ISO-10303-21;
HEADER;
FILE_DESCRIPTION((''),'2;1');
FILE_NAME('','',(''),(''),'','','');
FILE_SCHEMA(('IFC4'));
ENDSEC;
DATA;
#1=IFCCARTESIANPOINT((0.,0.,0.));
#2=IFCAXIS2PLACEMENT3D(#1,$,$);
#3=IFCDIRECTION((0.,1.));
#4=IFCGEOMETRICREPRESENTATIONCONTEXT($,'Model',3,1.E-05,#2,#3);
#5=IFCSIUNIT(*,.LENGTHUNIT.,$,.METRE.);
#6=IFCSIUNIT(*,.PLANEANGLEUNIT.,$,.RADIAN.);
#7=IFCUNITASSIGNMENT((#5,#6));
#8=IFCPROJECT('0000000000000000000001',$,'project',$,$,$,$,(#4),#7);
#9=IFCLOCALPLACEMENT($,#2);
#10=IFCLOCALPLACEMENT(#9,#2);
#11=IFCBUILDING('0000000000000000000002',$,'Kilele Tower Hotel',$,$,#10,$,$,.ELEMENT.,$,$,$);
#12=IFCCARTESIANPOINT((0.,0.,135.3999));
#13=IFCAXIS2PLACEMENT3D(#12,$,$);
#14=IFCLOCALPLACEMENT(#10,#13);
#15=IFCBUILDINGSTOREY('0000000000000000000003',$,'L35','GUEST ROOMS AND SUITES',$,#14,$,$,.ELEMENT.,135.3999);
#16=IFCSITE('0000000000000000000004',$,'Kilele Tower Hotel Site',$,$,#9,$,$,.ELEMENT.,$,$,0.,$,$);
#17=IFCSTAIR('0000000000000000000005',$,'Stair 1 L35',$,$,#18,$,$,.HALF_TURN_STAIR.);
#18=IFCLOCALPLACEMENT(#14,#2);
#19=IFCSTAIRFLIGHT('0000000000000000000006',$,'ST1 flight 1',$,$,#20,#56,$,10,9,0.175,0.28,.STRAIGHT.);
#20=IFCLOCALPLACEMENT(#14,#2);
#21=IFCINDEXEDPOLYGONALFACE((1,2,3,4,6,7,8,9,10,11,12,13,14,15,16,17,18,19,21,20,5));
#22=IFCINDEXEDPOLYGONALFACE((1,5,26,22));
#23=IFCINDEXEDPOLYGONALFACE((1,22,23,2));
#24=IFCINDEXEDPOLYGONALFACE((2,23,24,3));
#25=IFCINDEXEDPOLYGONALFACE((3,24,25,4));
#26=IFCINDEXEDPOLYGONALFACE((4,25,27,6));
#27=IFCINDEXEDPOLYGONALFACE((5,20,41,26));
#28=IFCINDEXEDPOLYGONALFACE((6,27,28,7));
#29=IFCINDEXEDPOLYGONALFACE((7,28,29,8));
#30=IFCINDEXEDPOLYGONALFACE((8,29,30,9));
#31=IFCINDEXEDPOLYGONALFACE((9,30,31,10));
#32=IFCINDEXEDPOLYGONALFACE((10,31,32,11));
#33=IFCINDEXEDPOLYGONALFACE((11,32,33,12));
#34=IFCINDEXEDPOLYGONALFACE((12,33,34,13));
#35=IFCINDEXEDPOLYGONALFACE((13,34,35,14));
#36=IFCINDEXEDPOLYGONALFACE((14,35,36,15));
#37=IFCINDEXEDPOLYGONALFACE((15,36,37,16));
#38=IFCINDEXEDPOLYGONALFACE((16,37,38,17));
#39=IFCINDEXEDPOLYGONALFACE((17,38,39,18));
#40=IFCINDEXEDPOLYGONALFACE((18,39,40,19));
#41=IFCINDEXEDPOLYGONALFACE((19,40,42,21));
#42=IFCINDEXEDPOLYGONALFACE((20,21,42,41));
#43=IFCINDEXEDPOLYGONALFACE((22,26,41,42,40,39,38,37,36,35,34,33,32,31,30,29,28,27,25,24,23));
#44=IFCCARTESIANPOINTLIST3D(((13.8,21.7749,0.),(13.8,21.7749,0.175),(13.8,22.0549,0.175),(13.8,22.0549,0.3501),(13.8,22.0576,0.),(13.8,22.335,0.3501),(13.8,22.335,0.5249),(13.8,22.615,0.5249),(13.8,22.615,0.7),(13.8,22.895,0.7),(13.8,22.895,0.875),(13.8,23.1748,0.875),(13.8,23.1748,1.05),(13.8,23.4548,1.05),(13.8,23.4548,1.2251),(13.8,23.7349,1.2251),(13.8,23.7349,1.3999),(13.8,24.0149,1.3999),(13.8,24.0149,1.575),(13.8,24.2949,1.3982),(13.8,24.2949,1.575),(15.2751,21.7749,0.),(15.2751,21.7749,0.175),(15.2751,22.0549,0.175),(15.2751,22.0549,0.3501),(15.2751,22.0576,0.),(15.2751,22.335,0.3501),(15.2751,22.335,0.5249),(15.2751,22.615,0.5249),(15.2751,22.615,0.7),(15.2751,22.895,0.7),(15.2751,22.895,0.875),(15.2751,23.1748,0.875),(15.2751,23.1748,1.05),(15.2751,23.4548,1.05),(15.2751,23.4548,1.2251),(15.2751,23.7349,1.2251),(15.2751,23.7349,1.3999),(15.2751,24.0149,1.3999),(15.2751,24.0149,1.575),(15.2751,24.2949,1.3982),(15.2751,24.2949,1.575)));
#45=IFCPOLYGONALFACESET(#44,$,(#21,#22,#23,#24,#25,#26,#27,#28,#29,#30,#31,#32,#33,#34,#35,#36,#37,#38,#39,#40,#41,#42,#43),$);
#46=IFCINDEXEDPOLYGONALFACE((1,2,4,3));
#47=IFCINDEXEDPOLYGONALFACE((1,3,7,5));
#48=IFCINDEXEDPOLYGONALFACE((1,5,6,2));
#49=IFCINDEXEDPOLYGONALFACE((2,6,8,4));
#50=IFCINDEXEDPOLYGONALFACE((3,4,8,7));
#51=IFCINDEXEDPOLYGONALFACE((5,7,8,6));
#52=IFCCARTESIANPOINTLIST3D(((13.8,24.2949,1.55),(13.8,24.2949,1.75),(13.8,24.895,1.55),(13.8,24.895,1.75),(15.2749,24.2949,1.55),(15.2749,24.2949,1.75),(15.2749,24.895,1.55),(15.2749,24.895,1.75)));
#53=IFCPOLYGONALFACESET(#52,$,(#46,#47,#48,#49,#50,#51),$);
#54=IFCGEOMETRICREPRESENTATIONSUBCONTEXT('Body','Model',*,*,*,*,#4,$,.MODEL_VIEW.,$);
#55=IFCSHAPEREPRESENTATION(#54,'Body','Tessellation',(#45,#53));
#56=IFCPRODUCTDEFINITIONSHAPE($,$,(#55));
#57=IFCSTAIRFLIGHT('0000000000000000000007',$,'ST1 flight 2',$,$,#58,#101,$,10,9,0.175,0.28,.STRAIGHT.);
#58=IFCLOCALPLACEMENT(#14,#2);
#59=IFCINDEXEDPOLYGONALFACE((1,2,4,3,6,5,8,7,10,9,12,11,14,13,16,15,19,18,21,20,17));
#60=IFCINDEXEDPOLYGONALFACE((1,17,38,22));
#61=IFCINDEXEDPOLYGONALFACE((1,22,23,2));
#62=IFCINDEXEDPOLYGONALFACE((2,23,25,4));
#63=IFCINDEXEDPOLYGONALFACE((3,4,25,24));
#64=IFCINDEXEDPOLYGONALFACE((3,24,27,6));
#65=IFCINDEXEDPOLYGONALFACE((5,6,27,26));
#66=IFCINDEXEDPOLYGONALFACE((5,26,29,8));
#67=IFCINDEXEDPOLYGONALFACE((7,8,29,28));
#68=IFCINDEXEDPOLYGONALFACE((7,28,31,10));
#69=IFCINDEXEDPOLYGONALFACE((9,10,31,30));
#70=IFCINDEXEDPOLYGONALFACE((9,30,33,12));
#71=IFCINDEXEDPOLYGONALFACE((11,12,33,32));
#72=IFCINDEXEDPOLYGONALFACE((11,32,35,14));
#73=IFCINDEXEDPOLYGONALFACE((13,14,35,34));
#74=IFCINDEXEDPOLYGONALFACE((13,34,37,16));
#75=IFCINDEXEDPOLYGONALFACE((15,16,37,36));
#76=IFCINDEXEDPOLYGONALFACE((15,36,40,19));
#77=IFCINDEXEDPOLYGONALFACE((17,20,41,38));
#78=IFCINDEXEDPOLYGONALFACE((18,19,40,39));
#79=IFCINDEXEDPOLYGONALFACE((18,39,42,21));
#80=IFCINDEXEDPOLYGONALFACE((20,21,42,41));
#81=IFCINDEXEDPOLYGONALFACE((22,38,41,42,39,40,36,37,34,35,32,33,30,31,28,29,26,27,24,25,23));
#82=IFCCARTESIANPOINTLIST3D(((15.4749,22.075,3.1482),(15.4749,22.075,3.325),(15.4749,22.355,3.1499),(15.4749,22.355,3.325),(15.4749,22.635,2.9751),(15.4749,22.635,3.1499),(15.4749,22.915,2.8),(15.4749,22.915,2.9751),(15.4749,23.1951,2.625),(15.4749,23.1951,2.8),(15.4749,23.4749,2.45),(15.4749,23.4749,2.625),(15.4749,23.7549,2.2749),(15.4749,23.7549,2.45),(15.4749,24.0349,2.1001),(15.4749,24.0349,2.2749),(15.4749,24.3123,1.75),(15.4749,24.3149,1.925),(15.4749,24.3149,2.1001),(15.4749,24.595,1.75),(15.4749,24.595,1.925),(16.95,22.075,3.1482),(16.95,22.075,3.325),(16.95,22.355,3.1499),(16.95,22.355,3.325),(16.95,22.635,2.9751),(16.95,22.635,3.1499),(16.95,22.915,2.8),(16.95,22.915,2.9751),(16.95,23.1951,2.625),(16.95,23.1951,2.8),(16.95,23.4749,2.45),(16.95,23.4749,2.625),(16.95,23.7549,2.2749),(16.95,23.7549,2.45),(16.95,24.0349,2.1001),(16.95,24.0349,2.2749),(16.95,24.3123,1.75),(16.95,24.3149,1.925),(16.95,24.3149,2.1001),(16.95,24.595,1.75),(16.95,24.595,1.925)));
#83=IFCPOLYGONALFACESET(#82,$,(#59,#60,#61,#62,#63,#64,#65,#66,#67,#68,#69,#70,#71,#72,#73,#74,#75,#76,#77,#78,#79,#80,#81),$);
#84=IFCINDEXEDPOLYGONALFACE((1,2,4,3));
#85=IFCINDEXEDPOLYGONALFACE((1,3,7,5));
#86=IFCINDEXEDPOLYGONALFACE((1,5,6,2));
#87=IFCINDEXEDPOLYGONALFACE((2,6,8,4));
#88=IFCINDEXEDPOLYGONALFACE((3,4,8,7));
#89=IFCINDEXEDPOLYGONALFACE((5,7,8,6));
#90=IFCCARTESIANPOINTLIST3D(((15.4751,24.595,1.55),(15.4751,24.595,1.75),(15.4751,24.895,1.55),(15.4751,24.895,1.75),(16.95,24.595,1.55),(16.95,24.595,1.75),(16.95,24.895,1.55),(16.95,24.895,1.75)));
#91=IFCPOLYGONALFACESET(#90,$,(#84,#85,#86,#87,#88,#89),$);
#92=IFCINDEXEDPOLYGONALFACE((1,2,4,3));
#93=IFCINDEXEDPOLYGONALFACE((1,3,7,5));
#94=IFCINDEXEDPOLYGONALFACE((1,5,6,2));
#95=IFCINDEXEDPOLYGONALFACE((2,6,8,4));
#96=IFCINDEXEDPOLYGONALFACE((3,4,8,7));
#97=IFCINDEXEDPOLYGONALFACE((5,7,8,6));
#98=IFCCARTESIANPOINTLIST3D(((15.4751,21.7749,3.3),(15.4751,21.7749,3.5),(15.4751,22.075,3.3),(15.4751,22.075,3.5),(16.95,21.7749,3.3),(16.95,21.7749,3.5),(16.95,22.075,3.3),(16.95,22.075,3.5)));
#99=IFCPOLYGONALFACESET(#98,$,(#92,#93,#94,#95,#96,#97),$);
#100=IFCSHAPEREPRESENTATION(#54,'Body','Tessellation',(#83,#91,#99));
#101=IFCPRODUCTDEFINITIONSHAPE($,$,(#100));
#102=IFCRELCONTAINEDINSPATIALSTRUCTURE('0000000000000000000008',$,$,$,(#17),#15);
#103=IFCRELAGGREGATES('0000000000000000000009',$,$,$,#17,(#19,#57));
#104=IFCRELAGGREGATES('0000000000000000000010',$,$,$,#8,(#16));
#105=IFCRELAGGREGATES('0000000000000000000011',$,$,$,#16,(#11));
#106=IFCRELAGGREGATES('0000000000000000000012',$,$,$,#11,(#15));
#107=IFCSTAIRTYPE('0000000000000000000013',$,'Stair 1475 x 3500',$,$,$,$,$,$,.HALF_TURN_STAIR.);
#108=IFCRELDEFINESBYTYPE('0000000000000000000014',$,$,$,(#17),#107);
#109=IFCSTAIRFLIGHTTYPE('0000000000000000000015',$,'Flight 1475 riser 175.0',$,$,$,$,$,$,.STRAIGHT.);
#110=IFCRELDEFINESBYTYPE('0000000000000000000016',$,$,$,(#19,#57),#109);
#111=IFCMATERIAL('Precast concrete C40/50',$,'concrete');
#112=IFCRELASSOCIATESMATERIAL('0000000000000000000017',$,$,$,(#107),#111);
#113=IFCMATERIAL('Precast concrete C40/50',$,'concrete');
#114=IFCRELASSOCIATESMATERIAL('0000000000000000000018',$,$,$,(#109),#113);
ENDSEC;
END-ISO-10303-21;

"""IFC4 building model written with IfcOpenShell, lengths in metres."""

from ifc_helpers import new_model, si_unit, direction, frame, origin, place, context, subcontext, project, spatial, polyline, outline, extrude, material, type_object, element, aggregate, save


model = new_model("IFC4")

# Units and contexts
model_context = context("Model", 3, precision=1e-05, world=origin(), true_north=direction((0.0, 1.0)))
body_context = subcontext(model_context, "Body", "Model", "MODEL_VIEW")
ifc_project = project(units=[si_unit("LENGTHUNIT", "METRE"), si_unit("PLANEANGLEUNIT", "RADIAN")], contexts=[model_context])

# Site, building, storey
site_placement = place(None, origin())
site = spatial("IfcSite", under=ifc_project, at=site_placement, Name="Kilele Tower Hotel Site", CompositionType="ELEMENT", RefElevation=0.0)
building_placement = place(site_placement, origin())
building = spatial("IfcBuilding", under=site, at=building_placement, Name="Kilele Tower Hotel", CompositionType="ELEMENT")
storey_placement = place(building_placement, frame((0.0, 0.0, 135.3999)))
storey = spatial("IfcBuildingStorey", under=building, at=storey_placement, Name="L35", Description="GUEST ROOMS AND SUITES", CompositionType="ELEMENT", Elevation=135.3999)

# Stair, stair flights
ifc_material_1 = material(Name="Precast concrete C40/50", Category="concrete")
stair_type = type_object("IfcStairType", Name="Stair 1475 x 3500", PredefinedType="HALF_TURN_STAIR", material=ifc_material_1)
stair_placement = place(storey_placement, origin())
stair = element("IfcStair", 1, at=stair_placement, inside=storey, type_object=stair_type, Name="Stair 1 L35", PredefinedType="HALF_TURN_STAIR")
ifc_material_2 = material(Name="Precast concrete C40/50", Category="concrete")
stair_flight_type = type_object("IfcStairFlightType", Name="Flight 1475 riser 175.0", PredefinedType="STRAIGHT", material=ifc_material_2)
stair_flight_1_placement = place(storey_placement, frame((14.5376, 21.7749, 0.0), z_axis=(0.0, 0.0, 1.0), x_axis=(0.0, 1.0, 0.0)))
stair_flight_1 = element("IfcStairFlight", 2, at=stair_flight_1_placement, type_object=stair_flight_type, Name="ST1 flight 1", NumberOfRisers=10, NumberOfTreads=9, PredefinedType="STRAIGHT", RiserHeight=0.175, TreadLength=0.28, context=body_context, shape_type="SweptSolid", body=[
    extrude(outline(polyline([(0.0, 0.0), (0.0, 0.175), (0.28, 0.175), (0.28, 0.3501), (0.5601, 0.3501), (0.5601, 0.5249), (0.8401, 0.5249), (0.8401, 0.7), (1.1201, 0.7), (1.1201, 0.875), (1.3999, 0.875), (1.3999, 1.05), (1.6799, 1.05), (1.6799, 1.2251), (1.96, 1.2251), (1.96, 1.3999), (2.24, 1.3999), (2.24, 1.575), (2.52, 1.575), (2.52, 1.75), (2.52, 1.3982), (0.2827, 0.0), (0.0, 0.0)])), frame((0.0, 0.7375, 0.0), z_axis=(0.0, -1.0, 0.0), x_axis=(1.0, 0.0, 0.0)), (0.0, 0.0, 1.0), 1.4751),
    extrude(outline(polyline([(2.52, 0.7375), (2.52, -0.7373), (3.1201, -0.7373), (3.1201, 0.7375), (2.52, 0.7375)])), frame((0.0, 0.0, 1.55)), (0.0, 0.0, 1.0), 0.2),
])
stair_flight_2_placement = place(storey_placement, frame((16.2124, 24.595, 1.75), z_axis=(0.0, 0.0, 1.0), x_axis=(0.0, -1.0, 0.0)))
stair_flight_2 = element("IfcStairFlight", 3, at=stair_flight_2_placement, type_object=stair_flight_type, Name="ST1 flight 2", NumberOfRisers=10, NumberOfTreads=9, PredefinedType="STRAIGHT", RiserHeight=0.175, TreadLength=0.28, context=body_context, shape_type="SweptSolid", body=[
    extrude(outline(polyline([(0.0, 0.0), (0.0, 0.175), (0.28, 0.175), (0.28, 0.3501), (0.5601, 0.3501), (0.5601, 0.5249), (0.8401, 0.5249), (0.8401, 0.7), (1.1201, 0.7), (1.1201, 0.875), (1.3999, 0.875), (1.3999, 1.05), (1.6799, 1.05), (1.6799, 1.2251), (1.96, 1.2251), (1.96, 1.3999), (2.24, 1.3999), (2.24, 1.575), (2.52, 1.575), (2.52, 1.75), (2.52, 1.3982), (0.2827, 0.0), (0.0, 0.0)])), frame((0.0, 0.7375, 0.0), z_axis=(0.0, -1.0, 0.0), x_axis=(1.0, 0.0, 0.0)), (0.0, 0.0, 1.0), 1.4751),
    extrude(outline(polyline([(0.0, -0.7373), (0.0, 0.7375), (-0.3, 0.7375), (-0.3, -0.7373), (0.0, -0.7373)])), frame((0.0, 0.0, -0.2)), (0.0, 0.0, 1.0), 0.2),
    extrude(outline(polyline([(2.8201, -0.7373), (2.8201, 0.7375), (2.52, 0.7375), (2.52, -0.7373), (2.8201, -0.7373)])), frame((0.0, 0.0, 1.55)), (0.0, 0.0, 1.0), 0.2),
])
aggregate(stair, [stair_flight_1, stair_flight_2])

save(model, "model.ifc")
